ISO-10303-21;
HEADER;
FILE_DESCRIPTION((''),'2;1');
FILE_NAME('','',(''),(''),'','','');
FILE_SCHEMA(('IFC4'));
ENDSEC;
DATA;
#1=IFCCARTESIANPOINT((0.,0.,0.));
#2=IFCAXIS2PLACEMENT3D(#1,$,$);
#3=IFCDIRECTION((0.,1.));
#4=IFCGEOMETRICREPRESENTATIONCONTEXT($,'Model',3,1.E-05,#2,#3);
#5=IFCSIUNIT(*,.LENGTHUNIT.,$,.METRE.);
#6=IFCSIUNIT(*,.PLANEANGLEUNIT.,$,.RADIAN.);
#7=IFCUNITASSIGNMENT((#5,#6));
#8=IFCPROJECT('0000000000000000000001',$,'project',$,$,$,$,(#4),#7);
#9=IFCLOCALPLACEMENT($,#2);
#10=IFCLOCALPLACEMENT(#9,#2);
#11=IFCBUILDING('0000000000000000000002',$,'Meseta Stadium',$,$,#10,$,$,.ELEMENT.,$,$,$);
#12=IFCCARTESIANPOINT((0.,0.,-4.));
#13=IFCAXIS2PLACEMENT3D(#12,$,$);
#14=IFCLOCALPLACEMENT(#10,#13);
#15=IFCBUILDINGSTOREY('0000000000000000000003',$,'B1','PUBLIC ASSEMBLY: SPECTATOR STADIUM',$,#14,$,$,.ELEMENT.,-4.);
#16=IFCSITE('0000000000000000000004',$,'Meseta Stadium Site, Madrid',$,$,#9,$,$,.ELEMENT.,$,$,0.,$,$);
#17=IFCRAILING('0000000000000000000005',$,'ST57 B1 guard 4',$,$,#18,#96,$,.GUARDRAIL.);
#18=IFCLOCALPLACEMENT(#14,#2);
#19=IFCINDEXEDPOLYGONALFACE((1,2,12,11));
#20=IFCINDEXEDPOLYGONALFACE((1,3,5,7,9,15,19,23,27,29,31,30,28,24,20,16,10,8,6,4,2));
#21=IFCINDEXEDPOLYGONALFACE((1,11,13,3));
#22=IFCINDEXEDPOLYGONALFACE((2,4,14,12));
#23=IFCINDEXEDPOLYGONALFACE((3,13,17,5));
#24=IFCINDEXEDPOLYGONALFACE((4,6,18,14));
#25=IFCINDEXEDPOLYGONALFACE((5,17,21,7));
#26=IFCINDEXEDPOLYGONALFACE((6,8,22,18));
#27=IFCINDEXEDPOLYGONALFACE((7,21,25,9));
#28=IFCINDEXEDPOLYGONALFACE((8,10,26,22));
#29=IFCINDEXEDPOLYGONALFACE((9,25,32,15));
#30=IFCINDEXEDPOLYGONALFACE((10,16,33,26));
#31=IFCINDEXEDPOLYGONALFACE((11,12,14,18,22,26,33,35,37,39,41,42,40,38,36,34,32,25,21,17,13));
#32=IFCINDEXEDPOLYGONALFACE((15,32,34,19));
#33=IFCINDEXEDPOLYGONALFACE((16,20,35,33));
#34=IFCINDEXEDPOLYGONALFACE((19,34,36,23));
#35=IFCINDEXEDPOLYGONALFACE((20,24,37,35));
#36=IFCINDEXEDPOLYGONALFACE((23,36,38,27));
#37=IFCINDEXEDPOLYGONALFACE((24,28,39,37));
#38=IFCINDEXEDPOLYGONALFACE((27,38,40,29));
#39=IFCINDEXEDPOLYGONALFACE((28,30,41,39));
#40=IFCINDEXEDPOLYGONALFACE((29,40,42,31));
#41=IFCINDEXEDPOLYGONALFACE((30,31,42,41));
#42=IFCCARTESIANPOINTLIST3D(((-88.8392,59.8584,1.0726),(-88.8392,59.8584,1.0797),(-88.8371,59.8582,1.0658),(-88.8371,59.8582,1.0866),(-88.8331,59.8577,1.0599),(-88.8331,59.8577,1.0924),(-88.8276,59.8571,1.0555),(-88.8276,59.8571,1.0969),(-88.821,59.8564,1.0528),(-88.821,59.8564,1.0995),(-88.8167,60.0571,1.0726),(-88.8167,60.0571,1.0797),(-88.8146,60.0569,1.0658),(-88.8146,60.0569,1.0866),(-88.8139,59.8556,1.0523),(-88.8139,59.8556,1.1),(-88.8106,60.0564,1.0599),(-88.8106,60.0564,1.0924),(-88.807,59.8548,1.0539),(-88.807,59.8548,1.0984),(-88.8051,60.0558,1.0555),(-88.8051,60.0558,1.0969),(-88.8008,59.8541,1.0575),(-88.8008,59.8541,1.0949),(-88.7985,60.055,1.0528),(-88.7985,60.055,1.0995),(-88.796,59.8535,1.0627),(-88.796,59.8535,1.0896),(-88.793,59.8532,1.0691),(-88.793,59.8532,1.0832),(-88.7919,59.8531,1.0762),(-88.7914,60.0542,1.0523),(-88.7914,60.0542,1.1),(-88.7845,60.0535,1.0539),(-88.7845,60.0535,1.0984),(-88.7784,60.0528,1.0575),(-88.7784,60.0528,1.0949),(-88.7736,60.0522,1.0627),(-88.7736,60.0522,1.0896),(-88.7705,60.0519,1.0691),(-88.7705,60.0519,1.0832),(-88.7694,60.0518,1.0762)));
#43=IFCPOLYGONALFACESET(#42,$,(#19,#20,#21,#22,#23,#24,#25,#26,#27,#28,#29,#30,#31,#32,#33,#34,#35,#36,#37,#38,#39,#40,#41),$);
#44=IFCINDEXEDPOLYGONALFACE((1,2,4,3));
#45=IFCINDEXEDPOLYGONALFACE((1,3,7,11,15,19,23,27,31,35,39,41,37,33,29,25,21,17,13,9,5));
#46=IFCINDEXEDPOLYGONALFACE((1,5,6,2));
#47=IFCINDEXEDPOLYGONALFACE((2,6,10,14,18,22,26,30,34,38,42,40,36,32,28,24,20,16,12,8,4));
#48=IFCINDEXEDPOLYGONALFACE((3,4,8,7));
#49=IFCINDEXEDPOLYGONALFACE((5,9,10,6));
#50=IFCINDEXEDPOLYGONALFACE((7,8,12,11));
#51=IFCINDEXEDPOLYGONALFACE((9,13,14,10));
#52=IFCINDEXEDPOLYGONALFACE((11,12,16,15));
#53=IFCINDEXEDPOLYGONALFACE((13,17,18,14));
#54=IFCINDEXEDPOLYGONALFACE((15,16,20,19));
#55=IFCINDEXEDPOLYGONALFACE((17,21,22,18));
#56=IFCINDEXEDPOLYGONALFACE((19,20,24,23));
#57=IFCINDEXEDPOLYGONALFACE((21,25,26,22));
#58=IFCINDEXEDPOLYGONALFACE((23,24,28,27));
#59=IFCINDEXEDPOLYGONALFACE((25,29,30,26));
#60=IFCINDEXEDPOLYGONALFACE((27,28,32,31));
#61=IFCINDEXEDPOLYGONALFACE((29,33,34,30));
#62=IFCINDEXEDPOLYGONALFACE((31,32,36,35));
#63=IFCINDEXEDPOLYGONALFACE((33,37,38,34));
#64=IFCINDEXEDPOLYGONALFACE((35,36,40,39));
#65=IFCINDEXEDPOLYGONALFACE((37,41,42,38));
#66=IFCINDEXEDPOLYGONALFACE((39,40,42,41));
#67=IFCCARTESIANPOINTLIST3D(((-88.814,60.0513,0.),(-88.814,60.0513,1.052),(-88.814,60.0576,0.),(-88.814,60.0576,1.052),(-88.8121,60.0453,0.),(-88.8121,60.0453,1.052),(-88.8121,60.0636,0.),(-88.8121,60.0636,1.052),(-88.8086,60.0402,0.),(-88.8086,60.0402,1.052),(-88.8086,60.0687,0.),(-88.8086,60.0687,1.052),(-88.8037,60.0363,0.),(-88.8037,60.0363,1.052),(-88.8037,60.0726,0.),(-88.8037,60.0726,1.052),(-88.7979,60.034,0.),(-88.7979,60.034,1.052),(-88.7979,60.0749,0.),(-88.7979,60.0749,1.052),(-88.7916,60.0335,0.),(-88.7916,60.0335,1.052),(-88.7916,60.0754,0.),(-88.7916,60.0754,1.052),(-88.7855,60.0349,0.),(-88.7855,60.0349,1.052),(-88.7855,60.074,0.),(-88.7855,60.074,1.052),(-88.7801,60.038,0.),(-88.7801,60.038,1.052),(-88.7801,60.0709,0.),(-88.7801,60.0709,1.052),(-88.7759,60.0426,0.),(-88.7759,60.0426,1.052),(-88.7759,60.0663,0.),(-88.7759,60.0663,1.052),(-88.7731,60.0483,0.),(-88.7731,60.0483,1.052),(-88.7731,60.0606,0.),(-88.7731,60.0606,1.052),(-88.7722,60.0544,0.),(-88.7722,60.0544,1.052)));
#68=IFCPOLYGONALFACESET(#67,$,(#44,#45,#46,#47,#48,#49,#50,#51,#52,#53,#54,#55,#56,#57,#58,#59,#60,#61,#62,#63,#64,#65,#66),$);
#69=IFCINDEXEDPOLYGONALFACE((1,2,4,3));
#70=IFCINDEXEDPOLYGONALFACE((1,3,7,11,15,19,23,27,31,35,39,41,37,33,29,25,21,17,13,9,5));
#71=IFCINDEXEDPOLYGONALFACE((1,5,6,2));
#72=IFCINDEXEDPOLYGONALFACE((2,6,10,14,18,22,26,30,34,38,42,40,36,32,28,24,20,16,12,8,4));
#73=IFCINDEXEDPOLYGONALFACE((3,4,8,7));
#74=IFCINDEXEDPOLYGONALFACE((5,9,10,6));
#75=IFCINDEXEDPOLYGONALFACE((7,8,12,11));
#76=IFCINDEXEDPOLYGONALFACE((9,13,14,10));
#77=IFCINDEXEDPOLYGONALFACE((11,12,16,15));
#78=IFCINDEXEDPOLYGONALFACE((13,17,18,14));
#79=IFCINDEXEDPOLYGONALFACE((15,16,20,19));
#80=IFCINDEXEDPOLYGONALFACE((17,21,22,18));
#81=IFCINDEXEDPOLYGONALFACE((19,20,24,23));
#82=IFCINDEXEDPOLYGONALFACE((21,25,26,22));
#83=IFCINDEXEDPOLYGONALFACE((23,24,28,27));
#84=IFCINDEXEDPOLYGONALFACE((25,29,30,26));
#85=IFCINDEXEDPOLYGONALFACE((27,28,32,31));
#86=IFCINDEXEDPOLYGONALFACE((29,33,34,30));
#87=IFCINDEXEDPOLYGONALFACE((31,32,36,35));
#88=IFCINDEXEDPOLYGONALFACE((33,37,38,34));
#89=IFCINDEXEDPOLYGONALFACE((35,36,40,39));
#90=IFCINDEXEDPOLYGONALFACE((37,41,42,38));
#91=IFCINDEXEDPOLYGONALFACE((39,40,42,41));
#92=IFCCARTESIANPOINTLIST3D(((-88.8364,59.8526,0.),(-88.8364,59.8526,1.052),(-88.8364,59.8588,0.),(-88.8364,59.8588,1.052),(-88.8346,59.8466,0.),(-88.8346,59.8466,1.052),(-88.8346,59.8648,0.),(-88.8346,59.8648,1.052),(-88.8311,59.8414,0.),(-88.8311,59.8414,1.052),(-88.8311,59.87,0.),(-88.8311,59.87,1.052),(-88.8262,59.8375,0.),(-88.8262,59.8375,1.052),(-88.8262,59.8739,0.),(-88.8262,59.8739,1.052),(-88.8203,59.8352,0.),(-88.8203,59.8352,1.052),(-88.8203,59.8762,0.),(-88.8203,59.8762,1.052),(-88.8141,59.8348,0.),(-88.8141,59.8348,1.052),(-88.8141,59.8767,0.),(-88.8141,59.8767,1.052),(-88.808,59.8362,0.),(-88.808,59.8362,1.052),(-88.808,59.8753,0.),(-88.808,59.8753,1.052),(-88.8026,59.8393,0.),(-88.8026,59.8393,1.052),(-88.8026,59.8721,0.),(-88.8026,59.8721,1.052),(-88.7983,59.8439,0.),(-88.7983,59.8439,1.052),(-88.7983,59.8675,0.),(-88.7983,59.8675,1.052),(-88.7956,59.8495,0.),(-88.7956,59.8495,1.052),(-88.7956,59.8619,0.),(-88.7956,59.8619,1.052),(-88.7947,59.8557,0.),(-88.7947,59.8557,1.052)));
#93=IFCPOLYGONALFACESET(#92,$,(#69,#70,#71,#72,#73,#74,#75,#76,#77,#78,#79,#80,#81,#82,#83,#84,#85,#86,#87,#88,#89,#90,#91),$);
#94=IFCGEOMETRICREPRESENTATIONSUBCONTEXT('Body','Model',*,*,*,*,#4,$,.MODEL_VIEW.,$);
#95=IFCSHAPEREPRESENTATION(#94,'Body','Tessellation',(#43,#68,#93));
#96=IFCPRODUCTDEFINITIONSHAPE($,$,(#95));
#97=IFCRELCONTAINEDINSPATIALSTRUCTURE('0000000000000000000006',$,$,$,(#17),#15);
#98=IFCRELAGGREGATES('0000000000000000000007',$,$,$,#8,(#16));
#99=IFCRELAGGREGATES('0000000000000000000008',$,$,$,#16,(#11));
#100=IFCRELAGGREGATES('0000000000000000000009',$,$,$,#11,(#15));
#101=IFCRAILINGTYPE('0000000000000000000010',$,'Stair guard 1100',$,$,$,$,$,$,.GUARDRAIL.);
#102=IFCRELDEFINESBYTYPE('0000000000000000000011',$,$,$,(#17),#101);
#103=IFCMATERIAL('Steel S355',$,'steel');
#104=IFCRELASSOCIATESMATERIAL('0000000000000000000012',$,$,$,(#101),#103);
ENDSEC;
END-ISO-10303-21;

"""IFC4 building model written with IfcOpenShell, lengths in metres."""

from ifc_helpers import new_model, si_unit, direction, frame, origin, origin_2d, place, context, subcontext, project, spatial, circle, extrude, material, type_object, element, save


model = new_model("IFC4")

# Units and contexts
model_context = context("Model", 3, precision=1e-05, world=origin(), true_north=direction((0.0, 1.0)))
body_context = subcontext(model_context, "Body", "Model", "MODEL_VIEW")
ifc_project = project(units=[si_unit("LENGTHUNIT", "METRE"), si_unit("PLANEANGLEUNIT", "RADIAN")], contexts=[model_context])

# Site, building, storey
site_placement = place(None, origin())
site = spatial("IfcSite", under=ifc_project, at=site_placement, Name="Meseta Stadium Site, Madrid", CompositionType="ELEMENT", RefElevation=0.0)
building_placement = place(site_placement, origin())
building = spatial("IfcBuilding", under=site, at=building_placement, Name="Meseta Stadium", CompositionType="ELEMENT")
storey_placement = place(building_placement, frame((0.0, 0.0, -4.0)))
storey = spatial("IfcBuildingStorey", under=building, at=storey_placement, Name="B1", Description="PUBLIC ASSEMBLY: SPECTATOR STADIUM", CompositionType="ELEMENT", Elevation=-4.0)

# Railing
ifc_material_1 = material(Name="Steel S355", Category="steel")
railing_type_1 = type_object("IfcRailingType", Name="Stair guard 1100", PredefinedType="GUARDRAIL", material=ifc_material_1)
railing_1_placement = place(storey_placement, frame((-88.7932, 60.0544, 0.0)))
element("IfcRailing", 1, at=railing_1_placement, inside=storey, type_object=railing_type_1, Name="ST57 B1 guard 4", PredefinedType="GUARDRAIL", context=body_context, shape_type="SweptSolid", body=[
    extrude(circle(Radius=0.0239, at=origin_2d()), frame((0.0, 0.0, 1.0762), z_axis=(-0.112307, -0.993674, 0.0), x_axis=(0.993674, -0.112307, 0.0)), (0.0, 0.0, 1.0), 0.2),
    extrude(circle(Radius=0.021, at=origin_2d()), origin(), (0.0, 0.0, 1.0), 1.052),
    extrude(circle(Radius=0.021, at=origin_2d()), frame((-0.0225, -0.1987, 0.0)), (0.0, 0.0, 1.0), 1.052),
])

save(model, "model.ifc")
